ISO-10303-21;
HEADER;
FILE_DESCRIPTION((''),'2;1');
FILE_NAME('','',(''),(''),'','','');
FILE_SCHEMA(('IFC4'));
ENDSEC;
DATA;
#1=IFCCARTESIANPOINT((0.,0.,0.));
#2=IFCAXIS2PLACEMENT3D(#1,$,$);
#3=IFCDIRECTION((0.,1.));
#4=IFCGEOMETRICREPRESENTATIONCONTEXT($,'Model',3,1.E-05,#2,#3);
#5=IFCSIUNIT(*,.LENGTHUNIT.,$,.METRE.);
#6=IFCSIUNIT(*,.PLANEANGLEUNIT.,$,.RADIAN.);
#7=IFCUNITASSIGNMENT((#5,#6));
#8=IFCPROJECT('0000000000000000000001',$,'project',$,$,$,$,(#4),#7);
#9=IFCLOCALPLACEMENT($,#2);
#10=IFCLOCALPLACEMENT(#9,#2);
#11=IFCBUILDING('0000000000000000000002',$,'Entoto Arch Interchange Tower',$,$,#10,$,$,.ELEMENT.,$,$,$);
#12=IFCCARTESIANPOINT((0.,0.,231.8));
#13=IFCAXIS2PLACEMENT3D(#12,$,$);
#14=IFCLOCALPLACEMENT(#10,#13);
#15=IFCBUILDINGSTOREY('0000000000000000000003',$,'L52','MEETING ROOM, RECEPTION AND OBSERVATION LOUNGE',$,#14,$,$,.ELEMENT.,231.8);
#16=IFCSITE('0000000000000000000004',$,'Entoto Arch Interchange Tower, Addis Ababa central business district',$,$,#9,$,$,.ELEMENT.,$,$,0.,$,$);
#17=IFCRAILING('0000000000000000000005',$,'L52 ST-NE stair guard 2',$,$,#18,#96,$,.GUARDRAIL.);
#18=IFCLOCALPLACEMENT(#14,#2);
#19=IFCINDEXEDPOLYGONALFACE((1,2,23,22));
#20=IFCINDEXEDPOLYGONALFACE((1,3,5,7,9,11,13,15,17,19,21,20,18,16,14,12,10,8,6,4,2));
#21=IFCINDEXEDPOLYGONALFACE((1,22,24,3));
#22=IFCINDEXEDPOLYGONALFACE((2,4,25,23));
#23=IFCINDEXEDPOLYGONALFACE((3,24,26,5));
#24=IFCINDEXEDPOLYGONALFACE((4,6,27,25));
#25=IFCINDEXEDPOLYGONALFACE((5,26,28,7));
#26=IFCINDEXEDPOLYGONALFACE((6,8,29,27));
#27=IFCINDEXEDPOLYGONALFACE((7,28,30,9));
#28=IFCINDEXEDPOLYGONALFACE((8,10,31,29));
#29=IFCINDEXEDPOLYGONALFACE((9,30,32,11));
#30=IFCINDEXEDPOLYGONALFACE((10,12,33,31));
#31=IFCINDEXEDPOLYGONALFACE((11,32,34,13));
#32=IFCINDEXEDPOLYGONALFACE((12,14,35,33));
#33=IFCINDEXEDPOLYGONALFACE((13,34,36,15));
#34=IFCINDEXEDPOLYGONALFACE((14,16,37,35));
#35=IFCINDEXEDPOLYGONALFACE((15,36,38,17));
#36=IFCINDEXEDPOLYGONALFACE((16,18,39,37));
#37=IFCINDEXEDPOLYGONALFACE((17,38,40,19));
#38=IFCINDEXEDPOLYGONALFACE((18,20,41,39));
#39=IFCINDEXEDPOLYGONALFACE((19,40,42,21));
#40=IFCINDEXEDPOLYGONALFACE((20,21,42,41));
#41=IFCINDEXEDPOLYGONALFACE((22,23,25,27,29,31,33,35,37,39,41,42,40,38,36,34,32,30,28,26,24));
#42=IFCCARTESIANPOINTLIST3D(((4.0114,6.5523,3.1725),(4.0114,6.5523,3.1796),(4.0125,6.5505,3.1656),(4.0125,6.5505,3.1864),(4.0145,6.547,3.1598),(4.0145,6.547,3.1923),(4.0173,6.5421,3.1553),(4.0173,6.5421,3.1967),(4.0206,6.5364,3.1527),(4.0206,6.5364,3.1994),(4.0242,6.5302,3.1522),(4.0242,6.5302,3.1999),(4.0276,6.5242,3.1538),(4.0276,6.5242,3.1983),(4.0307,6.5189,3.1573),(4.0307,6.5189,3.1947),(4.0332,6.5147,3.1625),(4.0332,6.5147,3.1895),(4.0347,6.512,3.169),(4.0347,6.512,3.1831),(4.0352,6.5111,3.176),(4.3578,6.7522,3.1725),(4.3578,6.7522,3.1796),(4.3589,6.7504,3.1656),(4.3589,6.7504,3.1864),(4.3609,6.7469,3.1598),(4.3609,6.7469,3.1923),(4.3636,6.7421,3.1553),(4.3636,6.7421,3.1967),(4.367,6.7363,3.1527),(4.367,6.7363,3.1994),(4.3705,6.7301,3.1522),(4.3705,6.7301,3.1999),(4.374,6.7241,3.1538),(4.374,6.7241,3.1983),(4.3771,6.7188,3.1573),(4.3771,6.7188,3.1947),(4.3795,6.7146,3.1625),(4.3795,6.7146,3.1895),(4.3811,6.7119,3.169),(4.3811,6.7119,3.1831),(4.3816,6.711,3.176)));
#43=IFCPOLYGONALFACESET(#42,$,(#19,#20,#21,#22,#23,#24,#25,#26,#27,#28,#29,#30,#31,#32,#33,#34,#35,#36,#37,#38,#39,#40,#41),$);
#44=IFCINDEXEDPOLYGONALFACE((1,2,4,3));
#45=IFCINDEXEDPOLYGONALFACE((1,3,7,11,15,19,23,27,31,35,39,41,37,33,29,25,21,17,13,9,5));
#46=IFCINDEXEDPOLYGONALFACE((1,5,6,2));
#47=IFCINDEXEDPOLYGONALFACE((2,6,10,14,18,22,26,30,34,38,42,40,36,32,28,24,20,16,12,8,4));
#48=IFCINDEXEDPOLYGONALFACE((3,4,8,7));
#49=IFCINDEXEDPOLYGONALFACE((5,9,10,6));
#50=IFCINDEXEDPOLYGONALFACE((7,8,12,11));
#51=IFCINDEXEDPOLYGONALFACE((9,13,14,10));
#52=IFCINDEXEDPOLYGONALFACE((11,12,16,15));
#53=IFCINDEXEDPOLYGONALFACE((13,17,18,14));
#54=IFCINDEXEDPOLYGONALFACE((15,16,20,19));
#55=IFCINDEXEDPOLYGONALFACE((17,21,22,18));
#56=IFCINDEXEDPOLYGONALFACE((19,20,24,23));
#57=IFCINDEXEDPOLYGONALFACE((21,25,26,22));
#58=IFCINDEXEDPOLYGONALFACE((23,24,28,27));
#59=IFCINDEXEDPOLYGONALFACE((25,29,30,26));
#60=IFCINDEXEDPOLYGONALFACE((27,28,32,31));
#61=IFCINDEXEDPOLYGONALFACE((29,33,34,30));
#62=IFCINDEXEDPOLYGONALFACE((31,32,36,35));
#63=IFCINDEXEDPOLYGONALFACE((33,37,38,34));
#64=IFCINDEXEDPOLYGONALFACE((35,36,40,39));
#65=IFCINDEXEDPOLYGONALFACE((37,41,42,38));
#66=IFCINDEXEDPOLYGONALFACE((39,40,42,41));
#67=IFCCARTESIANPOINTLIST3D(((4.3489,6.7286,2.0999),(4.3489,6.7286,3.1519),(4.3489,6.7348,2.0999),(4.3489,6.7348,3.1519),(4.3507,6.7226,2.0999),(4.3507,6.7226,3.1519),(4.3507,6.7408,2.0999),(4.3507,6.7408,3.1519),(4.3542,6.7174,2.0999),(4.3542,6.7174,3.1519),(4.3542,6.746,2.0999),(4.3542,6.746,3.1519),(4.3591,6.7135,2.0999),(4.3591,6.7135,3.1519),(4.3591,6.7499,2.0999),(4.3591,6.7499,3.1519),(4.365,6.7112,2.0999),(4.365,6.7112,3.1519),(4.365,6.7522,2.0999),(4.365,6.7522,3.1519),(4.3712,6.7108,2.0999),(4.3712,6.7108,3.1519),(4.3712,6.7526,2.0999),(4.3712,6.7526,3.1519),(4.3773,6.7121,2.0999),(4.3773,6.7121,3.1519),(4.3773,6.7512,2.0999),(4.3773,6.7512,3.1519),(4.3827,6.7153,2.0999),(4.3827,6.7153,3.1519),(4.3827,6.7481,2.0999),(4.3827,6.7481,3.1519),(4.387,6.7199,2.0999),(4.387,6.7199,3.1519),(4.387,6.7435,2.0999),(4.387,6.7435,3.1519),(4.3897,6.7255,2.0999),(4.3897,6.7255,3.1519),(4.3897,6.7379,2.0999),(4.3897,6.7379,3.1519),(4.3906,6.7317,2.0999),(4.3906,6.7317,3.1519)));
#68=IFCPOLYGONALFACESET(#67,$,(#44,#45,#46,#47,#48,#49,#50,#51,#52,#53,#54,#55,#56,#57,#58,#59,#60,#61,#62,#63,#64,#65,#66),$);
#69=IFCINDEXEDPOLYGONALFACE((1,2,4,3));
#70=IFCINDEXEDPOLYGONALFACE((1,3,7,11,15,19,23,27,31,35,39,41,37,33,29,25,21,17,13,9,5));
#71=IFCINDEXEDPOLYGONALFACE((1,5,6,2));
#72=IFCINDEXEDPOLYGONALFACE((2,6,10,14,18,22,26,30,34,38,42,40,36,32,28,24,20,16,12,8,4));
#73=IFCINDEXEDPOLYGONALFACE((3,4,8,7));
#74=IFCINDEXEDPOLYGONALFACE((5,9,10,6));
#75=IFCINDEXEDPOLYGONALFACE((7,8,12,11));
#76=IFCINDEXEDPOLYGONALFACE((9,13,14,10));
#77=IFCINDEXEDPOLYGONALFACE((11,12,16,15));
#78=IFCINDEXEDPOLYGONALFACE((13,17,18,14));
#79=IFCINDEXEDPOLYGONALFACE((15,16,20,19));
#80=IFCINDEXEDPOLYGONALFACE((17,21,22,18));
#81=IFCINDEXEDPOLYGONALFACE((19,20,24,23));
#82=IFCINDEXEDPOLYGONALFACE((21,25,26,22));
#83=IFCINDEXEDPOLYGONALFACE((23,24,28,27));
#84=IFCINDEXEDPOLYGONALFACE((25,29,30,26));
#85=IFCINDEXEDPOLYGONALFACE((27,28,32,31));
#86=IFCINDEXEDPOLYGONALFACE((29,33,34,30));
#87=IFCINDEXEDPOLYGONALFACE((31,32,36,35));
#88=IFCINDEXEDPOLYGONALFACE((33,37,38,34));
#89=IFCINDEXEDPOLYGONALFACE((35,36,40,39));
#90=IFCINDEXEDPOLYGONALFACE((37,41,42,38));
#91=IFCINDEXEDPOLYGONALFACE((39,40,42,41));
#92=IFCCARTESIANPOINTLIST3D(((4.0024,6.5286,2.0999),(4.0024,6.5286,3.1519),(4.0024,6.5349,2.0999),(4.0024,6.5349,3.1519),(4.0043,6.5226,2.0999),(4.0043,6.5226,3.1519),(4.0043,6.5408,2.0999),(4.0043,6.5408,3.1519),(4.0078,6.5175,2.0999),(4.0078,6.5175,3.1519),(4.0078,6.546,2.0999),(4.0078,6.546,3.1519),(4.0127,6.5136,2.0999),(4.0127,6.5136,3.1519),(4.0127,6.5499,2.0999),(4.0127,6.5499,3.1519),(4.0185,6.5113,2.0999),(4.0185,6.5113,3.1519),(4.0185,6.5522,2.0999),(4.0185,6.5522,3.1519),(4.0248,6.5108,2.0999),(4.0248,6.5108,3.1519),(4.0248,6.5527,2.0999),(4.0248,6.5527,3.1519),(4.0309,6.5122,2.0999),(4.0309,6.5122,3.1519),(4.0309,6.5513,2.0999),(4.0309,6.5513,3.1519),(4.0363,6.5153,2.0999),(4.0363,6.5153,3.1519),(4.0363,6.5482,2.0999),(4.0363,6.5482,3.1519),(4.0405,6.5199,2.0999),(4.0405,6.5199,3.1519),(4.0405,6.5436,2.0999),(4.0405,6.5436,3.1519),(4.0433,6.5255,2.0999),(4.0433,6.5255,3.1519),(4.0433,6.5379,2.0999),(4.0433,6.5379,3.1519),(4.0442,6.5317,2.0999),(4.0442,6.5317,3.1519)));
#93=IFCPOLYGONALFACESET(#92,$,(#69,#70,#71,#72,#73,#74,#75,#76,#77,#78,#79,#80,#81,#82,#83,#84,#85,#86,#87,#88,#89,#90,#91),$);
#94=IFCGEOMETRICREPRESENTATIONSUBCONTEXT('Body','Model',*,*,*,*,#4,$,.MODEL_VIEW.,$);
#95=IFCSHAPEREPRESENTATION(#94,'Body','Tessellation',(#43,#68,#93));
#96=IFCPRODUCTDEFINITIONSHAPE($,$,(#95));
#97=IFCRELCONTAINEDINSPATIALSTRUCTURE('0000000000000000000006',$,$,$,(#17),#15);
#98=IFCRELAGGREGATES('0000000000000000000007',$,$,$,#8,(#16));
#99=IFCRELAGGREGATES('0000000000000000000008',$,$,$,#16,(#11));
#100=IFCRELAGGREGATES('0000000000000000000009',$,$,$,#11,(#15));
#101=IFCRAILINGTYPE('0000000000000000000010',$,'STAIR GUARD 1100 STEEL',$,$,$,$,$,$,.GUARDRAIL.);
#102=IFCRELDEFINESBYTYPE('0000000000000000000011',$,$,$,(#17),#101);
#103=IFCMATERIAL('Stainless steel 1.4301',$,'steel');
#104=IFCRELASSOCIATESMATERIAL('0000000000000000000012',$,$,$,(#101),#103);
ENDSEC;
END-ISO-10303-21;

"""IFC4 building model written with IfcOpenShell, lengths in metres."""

from ifc_helpers import new_model, si_unit, direction, frame, origin, origin_2d, place, context, subcontext, project, spatial, circle, extrude, material, type_object, element, save


model = new_model("IFC4")

# Units and contexts
model_context = context("Model", 3, precision=1e-05, world=origin(), true_north=direction((0.0, 1.0)))
body_context = subcontext(model_context, "Body", "Model", "MODEL_VIEW")
ifc_project = project(units=[si_unit("LENGTHUNIT", "METRE"), si_unit("PLANEANGLEUNIT", "RADIAN")], contexts=[model_context])

# Site, building, storey
site_placement = place(None, origin())
site = spatial("IfcSite", under=ifc_project, at=site_placement, Name="Entoto Arch Interchange Tower, Addis Ababa central business district", CompositionType="ELEMENT", RefElevation=0.0)
building_placement = place(site_placement, origin())
building = spatial("IfcBuilding", under=site, at=building_placement, Name="Entoto Arch Interchange Tower", CompositionType="ELEMENT")
storey_placement = place(building_placement, frame((0.0, 0.0, 231.8)))
storey = spatial("IfcBuildingStorey", under=building, at=storey_placement, Name="L52", Description="MEETING ROOM, RECEPTION AND OBSERVATION LOUNGE", CompositionType="ELEMENT", Elevation=231.8)

# Railing
ifc_material_1 = material(Name="Stainless steel 1.4301", Category="steel")
railing_type_1 = type_object("IfcRailingType", Name="STAIR GUARD 1100 STEEL", PredefinedType="GUARDRAIL", material=ifc_material_1)
railing_1_placement = place(storey_placement, frame((4.3696, 6.7317, 2.0999)))
element("IfcRailing", 1, at=railing_1_placement, inside=storey, type_object=railing_type_1, Name="L52 ST-NE stair guard 2", PredefinedType="GUARDRAIL", context=body_context, shape_type="SweptSolid", body=[
    extrude(circle(Radius=0.0239, at=origin_2d()), frame((0.0, 0.0, 1.0762), z_axis=(-0.866094, -0.499881, 0.0), x_axis=(0.499881, -0.866094, 0.0)), (0.0, 0.0, 1.0), 0.3999),
    extrude(circle(Radius=0.021, at=origin_2d()), origin(), (0.0, 0.0, 1.0), 1.052),
    extrude(circle(Radius=0.021, at=origin_2d()), frame((-0.3464, -0.2, 0.0)), (0.0, 0.0, 1.0), 1.052),
])

save(model, "model.ifc")
